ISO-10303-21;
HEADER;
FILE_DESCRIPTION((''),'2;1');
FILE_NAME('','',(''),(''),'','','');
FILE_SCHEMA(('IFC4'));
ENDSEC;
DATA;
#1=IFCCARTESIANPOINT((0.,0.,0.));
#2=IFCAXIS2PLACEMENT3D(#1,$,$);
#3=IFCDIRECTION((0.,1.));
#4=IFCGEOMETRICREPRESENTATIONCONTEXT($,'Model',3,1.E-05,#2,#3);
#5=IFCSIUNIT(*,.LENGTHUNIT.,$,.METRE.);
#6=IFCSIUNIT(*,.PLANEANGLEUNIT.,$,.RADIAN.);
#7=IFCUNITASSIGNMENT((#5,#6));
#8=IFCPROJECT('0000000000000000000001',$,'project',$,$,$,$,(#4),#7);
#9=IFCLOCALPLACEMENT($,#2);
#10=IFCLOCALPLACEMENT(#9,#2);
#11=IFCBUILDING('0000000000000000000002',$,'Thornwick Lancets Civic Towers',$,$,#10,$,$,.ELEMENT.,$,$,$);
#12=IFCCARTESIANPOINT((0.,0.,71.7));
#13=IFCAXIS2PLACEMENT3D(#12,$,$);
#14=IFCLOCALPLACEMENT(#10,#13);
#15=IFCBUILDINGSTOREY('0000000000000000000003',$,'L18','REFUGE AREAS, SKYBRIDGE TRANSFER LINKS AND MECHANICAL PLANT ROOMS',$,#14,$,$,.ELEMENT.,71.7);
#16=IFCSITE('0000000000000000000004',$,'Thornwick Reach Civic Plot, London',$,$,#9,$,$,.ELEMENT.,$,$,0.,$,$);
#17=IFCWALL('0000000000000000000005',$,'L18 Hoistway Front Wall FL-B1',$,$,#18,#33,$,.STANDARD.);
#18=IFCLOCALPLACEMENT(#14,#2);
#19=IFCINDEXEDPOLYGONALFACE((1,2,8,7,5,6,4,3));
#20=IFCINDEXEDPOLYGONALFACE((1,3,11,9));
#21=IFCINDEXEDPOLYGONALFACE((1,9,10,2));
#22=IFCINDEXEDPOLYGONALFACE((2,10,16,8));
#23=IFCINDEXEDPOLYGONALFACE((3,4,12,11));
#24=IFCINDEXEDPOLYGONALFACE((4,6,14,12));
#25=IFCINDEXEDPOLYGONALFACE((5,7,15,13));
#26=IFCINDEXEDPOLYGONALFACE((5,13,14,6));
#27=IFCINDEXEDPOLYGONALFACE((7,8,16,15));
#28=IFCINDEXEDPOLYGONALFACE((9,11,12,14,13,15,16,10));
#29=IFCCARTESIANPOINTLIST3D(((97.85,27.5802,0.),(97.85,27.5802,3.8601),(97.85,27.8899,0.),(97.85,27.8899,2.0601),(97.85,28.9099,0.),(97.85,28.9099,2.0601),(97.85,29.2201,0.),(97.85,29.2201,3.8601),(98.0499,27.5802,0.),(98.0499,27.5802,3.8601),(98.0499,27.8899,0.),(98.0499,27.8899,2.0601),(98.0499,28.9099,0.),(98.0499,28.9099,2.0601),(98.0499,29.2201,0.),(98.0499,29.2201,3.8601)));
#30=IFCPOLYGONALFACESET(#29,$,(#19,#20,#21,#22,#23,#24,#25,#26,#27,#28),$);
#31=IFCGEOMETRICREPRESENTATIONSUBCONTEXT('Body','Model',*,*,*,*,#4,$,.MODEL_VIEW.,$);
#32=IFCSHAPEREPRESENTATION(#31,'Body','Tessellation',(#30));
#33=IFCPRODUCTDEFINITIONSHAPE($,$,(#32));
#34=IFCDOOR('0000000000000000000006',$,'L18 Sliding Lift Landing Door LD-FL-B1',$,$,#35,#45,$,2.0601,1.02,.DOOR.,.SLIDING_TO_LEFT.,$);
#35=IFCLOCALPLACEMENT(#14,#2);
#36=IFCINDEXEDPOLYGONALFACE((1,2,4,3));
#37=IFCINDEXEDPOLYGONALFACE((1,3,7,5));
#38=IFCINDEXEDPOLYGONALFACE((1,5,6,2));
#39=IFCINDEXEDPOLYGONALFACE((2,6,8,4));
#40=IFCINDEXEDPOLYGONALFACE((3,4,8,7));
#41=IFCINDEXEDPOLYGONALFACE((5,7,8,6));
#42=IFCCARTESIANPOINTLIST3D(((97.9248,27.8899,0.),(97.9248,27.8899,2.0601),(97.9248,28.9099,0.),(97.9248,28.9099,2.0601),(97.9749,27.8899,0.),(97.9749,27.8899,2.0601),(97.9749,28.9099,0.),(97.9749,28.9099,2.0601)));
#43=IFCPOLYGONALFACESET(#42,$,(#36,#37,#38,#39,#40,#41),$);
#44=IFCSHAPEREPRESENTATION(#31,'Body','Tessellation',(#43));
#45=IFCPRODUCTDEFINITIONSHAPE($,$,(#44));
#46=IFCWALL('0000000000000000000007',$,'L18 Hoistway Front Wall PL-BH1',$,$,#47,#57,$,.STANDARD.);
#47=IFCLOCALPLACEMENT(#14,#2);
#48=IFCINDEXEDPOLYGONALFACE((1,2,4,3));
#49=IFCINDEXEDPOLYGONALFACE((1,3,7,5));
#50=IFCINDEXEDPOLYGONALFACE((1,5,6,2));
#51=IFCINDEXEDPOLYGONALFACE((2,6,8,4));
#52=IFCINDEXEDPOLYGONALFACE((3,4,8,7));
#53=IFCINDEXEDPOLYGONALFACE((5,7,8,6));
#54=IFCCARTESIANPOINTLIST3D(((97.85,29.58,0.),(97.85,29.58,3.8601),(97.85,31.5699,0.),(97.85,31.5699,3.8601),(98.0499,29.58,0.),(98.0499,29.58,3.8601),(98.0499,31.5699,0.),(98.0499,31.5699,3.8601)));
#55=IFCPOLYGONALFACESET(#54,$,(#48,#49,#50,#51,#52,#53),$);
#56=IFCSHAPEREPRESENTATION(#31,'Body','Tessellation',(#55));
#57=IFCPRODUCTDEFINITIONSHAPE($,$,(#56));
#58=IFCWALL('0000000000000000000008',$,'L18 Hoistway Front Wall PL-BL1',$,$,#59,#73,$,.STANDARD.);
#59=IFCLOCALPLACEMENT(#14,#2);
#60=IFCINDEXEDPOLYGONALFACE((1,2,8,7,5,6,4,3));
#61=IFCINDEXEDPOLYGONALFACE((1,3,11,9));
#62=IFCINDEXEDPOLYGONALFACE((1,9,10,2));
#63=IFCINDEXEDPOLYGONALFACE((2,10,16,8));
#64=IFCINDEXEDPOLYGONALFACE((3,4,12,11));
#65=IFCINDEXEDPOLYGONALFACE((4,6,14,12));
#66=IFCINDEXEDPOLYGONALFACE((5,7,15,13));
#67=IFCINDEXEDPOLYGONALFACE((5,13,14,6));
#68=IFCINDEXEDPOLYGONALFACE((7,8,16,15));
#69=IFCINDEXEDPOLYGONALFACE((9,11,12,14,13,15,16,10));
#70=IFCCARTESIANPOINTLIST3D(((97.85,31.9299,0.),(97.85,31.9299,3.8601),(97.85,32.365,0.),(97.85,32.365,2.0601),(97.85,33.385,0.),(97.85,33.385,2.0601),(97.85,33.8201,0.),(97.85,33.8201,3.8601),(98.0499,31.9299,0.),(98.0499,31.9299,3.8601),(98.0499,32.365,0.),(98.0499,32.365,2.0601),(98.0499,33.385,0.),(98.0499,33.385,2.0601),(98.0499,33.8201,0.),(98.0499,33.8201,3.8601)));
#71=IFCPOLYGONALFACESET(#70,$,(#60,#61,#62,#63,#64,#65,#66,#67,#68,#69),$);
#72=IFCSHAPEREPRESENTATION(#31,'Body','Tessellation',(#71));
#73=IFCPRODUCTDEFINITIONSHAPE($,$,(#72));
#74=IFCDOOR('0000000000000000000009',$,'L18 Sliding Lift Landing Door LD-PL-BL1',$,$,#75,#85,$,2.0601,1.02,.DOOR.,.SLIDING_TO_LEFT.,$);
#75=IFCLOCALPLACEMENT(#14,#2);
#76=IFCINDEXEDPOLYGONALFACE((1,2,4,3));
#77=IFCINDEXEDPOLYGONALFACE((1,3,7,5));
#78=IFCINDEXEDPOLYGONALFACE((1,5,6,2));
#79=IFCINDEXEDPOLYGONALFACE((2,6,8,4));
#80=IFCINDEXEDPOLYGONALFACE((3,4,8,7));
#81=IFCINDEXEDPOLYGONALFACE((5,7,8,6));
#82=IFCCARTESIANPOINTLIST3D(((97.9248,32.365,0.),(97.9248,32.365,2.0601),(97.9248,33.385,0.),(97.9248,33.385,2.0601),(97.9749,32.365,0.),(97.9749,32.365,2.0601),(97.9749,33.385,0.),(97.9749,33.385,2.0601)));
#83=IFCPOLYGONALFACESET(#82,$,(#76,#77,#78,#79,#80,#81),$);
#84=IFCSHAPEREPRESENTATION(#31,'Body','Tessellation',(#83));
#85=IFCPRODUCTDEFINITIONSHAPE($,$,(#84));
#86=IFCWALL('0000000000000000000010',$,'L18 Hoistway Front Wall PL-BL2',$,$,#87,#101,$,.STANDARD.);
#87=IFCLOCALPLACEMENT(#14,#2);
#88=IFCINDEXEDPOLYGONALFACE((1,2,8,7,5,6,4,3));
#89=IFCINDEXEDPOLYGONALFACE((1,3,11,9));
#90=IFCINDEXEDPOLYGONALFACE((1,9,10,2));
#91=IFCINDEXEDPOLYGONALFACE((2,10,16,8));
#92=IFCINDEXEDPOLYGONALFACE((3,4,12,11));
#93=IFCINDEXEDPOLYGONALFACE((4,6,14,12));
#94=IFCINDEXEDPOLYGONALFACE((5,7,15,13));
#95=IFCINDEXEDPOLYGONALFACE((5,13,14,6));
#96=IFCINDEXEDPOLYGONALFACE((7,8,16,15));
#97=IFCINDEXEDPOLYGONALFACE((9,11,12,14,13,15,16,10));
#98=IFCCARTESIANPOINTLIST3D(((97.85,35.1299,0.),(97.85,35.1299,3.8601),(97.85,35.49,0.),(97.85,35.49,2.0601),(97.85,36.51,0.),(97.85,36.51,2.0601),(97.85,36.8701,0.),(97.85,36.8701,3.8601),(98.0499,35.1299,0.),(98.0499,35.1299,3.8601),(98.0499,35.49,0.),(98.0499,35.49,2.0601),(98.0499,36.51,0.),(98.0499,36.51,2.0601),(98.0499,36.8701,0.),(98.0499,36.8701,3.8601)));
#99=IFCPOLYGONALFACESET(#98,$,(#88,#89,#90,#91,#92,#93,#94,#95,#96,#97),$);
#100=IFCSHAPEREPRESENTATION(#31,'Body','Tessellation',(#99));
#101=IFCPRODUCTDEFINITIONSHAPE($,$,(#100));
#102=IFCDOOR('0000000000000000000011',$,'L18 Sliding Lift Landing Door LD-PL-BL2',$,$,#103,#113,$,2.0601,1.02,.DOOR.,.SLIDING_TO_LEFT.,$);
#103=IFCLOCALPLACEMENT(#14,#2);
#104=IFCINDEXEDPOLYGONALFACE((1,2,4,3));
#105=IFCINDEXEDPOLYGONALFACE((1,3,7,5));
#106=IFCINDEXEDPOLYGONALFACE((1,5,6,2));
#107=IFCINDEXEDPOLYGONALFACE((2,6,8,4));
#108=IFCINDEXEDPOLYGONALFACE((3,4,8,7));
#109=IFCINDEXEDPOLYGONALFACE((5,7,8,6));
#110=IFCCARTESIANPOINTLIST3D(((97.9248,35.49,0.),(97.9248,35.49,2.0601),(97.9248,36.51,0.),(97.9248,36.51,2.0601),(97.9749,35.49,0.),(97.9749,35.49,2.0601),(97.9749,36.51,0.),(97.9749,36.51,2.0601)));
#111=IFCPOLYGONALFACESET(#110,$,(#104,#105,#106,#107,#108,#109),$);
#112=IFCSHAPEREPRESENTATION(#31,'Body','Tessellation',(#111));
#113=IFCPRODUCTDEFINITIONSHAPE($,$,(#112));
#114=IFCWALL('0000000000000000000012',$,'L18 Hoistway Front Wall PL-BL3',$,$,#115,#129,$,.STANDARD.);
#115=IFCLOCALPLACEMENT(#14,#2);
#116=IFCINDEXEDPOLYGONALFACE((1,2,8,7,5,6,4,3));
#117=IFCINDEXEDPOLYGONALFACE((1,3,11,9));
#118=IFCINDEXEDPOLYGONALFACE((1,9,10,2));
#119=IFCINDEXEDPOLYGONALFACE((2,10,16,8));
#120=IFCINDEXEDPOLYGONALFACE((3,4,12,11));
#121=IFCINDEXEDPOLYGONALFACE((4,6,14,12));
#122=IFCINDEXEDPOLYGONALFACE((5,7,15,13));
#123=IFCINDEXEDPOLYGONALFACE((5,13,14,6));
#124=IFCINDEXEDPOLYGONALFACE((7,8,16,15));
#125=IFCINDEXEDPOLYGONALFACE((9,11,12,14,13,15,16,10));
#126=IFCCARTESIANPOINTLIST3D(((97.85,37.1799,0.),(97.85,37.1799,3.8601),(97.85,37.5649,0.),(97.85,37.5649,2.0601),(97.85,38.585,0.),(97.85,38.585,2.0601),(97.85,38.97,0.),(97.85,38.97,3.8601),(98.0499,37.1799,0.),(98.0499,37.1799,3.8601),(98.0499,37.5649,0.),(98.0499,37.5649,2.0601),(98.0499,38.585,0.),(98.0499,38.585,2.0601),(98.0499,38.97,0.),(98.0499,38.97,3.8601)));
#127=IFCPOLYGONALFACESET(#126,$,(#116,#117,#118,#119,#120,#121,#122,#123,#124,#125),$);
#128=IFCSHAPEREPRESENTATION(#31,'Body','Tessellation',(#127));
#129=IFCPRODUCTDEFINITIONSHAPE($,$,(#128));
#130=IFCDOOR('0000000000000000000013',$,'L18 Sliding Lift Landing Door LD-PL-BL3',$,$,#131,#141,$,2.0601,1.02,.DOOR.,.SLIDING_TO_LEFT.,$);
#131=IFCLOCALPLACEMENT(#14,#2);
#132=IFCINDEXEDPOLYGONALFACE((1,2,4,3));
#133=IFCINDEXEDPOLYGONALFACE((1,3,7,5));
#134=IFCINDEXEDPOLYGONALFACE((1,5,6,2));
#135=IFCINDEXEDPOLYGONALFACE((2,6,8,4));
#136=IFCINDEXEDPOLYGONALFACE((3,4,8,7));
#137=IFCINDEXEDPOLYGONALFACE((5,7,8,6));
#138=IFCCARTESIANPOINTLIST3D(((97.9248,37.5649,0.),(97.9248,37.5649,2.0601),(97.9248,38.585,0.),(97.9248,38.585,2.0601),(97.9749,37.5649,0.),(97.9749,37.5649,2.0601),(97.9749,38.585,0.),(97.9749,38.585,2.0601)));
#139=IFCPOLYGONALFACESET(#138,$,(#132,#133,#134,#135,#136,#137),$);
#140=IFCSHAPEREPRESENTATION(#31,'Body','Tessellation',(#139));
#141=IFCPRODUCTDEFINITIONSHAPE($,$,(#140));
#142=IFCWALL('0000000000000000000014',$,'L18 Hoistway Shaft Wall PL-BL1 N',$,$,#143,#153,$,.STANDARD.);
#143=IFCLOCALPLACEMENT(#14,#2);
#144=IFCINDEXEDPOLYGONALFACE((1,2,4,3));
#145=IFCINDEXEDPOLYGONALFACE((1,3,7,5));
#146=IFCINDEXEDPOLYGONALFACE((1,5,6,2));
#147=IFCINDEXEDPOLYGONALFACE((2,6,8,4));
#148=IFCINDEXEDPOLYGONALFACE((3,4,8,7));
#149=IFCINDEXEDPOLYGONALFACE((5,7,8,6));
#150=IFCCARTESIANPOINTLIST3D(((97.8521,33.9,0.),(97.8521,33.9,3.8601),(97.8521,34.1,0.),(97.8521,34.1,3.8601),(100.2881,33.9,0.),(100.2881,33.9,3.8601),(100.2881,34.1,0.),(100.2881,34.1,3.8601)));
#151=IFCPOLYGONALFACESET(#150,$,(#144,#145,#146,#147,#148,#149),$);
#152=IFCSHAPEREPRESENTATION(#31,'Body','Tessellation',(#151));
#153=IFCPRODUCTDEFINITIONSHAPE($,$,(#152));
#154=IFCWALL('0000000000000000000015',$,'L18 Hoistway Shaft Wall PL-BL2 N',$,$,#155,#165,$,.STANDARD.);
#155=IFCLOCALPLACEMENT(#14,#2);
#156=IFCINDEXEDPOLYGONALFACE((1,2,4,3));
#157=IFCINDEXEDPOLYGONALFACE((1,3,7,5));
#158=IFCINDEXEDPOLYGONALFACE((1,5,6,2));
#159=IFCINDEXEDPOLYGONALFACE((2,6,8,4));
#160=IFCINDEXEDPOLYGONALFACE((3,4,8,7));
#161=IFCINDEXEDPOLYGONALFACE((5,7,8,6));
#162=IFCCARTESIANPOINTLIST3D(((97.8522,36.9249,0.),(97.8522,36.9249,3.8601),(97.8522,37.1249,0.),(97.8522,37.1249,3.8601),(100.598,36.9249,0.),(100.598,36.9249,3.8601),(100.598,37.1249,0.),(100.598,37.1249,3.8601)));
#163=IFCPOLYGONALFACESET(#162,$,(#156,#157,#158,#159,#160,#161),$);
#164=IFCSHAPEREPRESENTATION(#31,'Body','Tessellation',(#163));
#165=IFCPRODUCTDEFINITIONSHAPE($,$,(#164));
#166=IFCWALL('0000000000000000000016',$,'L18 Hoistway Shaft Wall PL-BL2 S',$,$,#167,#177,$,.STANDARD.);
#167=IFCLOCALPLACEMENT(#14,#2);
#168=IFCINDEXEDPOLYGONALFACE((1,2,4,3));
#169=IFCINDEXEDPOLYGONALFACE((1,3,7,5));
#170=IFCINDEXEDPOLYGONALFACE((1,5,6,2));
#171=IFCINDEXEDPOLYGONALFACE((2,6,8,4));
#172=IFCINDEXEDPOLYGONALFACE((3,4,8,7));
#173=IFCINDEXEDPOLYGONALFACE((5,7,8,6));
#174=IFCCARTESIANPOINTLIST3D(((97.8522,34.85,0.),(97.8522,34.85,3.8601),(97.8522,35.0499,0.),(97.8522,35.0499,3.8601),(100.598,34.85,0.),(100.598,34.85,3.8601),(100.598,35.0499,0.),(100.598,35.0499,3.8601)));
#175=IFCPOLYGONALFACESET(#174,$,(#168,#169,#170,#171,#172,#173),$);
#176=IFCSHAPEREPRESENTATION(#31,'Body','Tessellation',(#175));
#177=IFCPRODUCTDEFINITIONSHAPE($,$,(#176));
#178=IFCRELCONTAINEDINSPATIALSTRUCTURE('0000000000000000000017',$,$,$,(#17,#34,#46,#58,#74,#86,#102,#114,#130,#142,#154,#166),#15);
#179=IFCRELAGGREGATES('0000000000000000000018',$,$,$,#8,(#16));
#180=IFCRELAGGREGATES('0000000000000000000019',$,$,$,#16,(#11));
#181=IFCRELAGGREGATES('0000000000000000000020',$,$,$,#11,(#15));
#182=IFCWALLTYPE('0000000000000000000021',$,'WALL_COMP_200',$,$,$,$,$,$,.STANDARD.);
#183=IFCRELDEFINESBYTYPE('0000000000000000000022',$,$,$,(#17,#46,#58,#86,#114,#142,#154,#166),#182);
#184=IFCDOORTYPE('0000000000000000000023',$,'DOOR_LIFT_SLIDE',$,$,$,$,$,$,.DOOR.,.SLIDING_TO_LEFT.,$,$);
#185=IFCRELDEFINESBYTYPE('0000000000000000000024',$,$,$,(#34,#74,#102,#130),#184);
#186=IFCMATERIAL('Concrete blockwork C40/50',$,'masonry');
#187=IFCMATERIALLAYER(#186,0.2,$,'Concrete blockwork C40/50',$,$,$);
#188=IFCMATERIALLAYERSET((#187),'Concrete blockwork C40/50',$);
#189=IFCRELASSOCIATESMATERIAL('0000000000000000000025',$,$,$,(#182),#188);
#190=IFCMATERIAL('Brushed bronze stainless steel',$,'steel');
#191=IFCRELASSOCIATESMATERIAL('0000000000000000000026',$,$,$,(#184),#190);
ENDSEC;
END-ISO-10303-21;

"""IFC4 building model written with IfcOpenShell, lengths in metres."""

from ifc_helpers import new_model, si_unit, direction, frame, frame_2d, origin, place, context, subcontext, project, spatial, rectangle, extrude, material, layer, layer_set, type_object, element, fill, save


model = new_model("IFC4")

# Units and contexts
model_context = context("Model", 3, precision=1e-05, world=origin(), true_north=direction((0.0, 1.0)))
body_context = subcontext(model_context, "Body", "Model", "MODEL_VIEW")
ifc_project = project(units=[si_unit("LENGTHUNIT", "METRE"), si_unit("PLANEANGLEUNIT", "RADIAN")], contexts=[model_context])

# Site, building, storey
site_placement = place(None, origin())
site = spatial("IfcSite", under=ifc_project, at=site_placement, Name="Thornwick Reach Civic Plot, London", CompositionType="ELEMENT", RefElevation=0.0)
building_placement = place(site_placement, origin())
building = spatial("IfcBuilding", under=site, at=building_placement, Name="Thornwick Lancets Civic Towers", CompositionType="ELEMENT")
storey_placement = place(building_placement, frame((0.0, 0.0, 71.7)))
storey = spatial("IfcBuildingStorey", under=building, at=storey_placement, Name="L18", Description="REFUGE AREAS, SKYBRIDGE TRANSFER LINKS AND MECHANICAL PLANT ROOMS", CompositionType="ELEMENT", Elevation=71.7)

# Wall, opening, door
ifc_material_1 = material(Name="Concrete blockwork C40/50", Category="masonry")
ifc_layer_1 = layer(ifc_material_1, 0.2, Name="Concrete blockwork C40/50")
ifc_layer_set_1 = layer_set([ifc_layer_1], Name="Concrete blockwork C40/50")
wall_type_1 = type_object("IfcWallType", Name="WALL_COMP_200", PredefinedType="STANDARD", material=ifc_layer_set_1)
wall_1_placement = place(storey_placement, frame((97.95, 29.22, 0.0), z_axis=(0.0, 0.0, 1.0), x_axis=(0.0, -1.0, 0.0)))
wall_1 = element("IfcWall", 1, at=wall_1_placement, inside=storey, type_object=wall_type_1, Name="L18 Hoistway Front Wall FL-B1", PredefinedType="STANDARD", context=body_context, shape_type="SweptSolid", body=[
    extrude(rectangle(XDim=1.6399, YDim=0.2, at=frame_2d((0.8198, 0.0))), origin(), (0.0, 0.0, 1.0), 3.8601),
])
opening_1_placement = place(wall_1_placement, frame((0.3101, 0.0, 0.0)))
opening_1 = element("IfcOpeningElement", 2, at=opening_1_placement, cuts=wall_1, PredefinedType="OPENING", context=body_context, shape_type="SweptSolid", body=[
    extrude(rectangle(XDim=1.02, YDim=2.0601, at=frame_2d((0.51, 1.03))), frame((0.0, 0.1099, 0.0), z_axis=(0.0, -1.0, 0.0), x_axis=(1.0, 0.0, 0.0)), (0.0, 0.0, 1.0), 0.22),
])
ifc_material_2 = material(Name="Brushed bronze stainless steel", Category="steel")
door_type = type_object("IfcDoorType", Name="DOOR_LIFT_SLIDE", OperationType="SLIDING_TO_LEFT", PredefinedType="DOOR", material=ifc_material_2)
door_1_placement = place(opening_1_placement, origin())
door_1 = element("IfcDoor", 3, at=door_1_placement, inside=storey, type_object=door_type, Name="L18 Sliding Lift Landing Door LD-FL-B1", OperationType="SLIDING_TO_LEFT", OverallHeight=2.0601, OverallWidth=1.02, PredefinedType="DOOR", context=body_context, shape_type="SweptSolid", body=[
    extrude(rectangle(XDim=1.02, YDim=2.0601, at=frame_2d((0.51, 1.03))), frame((0.0, 0.0249, 0.0), z_axis=(0.0, -1.0, 0.0), x_axis=(1.0, 0.0, 0.0)), (0.0, 0.0, 1.0), 0.05),
])
fill(opening_1, door_1)

# Wall
wall_2_placement = place(storey_placement, frame((97.95, 31.5701, 0.0), z_axis=(0.0, 0.0, 1.0), x_axis=(0.0, -1.0, 0.0)))
element("IfcWall", 4, at=wall_2_placement, inside=storey, type_object=wall_type_1, Name="L18 Hoistway Front Wall PL-BH1", PredefinedType="STANDARD", context=body_context, shape_type="SweptSolid", body=[
    extrude(rectangle(XDim=1.99, YDim=0.2, at=frame_2d((0.9951, 0.0))), origin(), (0.0, 0.0, 1.0), 3.8601),
])

# Walls, openings, doors
wall_3_placement = place(storey_placement, frame((97.95, 33.8201, 0.0), z_axis=(0.0, 0.0, 1.0), x_axis=(0.0, -1.0, 0.0)))
wall_3 = element("IfcWall", 5, at=wall_3_placement, inside=storey, type_object=wall_type_1, Name="L18 Hoistway Front Wall PL-BL1", PredefinedType="STANDARD", context=body_context, shape_type="SweptSolid", body=[
    extrude(rectangle(XDim=1.8901, YDim=0.2, at=frame_2d((0.9451, 0.0))), origin(), (0.0, 0.0, 1.0), 3.8601),
])
opening_2_placement = place(wall_3_placement, frame((0.4351, 0.0, 0.0)))
opening_2 = element("IfcOpeningElement", 6, at=opening_2_placement, cuts=wall_3, PredefinedType="OPENING", context=body_context, shape_type="SweptSolid", body=[
    extrude(rectangle(XDim=1.02, YDim=2.0601, at=frame_2d((0.51, 1.03))), frame((0.0, 0.1099, 0.0), z_axis=(0.0, -1.0, 0.0), x_axis=(1.0, 0.0, 0.0)), (0.0, 0.0, 1.0), 0.22),
])
door_2_placement = place(opening_2_placement, origin())
door_2 = element("IfcDoor", 7, at=door_2_placement, inside=storey, type_object=door_type, Name="L18 Sliding Lift Landing Door LD-PL-BL1", OperationType="SLIDING_TO_LEFT", OverallHeight=2.0601, OverallWidth=1.02, PredefinedType="DOOR", context=body_context, shape_type="SweptSolid", body=[
    extrude(rectangle(XDim=1.02, YDim=2.0601, at=frame_2d((0.51, 1.03))), frame((0.0, 0.0249, 0.0), z_axis=(0.0, -1.0, 0.0), x_axis=(1.0, 0.0, 0.0)), (0.0, 0.0, 1.0), 0.05),
])
fill(opening_2, door_2)
wall_4_placement = place(storey_placement, frame((97.95, 36.8701, 0.0), z_axis=(0.0, 0.0, 1.0), x_axis=(0.0, -1.0, 0.0)))
wall_4 = element("IfcWall", 8, at=wall_4_placement, inside=storey, type_object=wall_type_1, Name="L18 Hoistway Front Wall PL-BL2", PredefinedType="STANDARD", context=body_context, shape_type="SweptSolid", body=[
    extrude(rectangle(XDim=1.7402, YDim=0.2, at=frame_2d((0.8701, 0.0))), origin(), (0.0, 0.0, 1.0), 3.8601),
])
opening_3_placement = place(wall_4_placement, frame((0.3601, 0.0, 0.0)))
opening_3 = element("IfcOpeningElement", 9, at=opening_3_placement, cuts=wall_4, PredefinedType="OPENING", context=body_context, shape_type="SweptSolid", body=[
    extrude(rectangle(XDim=1.02, YDim=2.0601, at=frame_2d((0.51, 1.03))), frame((0.0, 0.1099, 0.0), z_axis=(0.0, -1.0, 0.0), x_axis=(1.0, 0.0, 0.0)), (0.0, 0.0, 1.0), 0.22),
])
door_3_placement = place(opening_3_placement, origin())
door_3 = element("IfcDoor", 10, at=door_3_placement, inside=storey, type_object=door_type, Name="L18 Sliding Lift Landing Door LD-PL-BL2", OperationType="SLIDING_TO_LEFT", OverallHeight=2.0601, OverallWidth=1.02, PredefinedType="DOOR", context=body_context, shape_type="SweptSolid", body=[
    extrude(rectangle(XDim=1.02, YDim=2.0601, at=frame_2d((0.51, 1.03))), frame((0.0, 0.0249, 0.0), z_axis=(0.0, -1.0, 0.0), x_axis=(1.0, 0.0, 0.0)), (0.0, 0.0, 1.0), 0.05),
])
fill(opening_3, door_3)
wall_5_placement = place(storey_placement, frame((97.95, 38.97, 0.0), z_axis=(0.0, 0.0, 1.0), x_axis=(0.0, -1.0, 0.0)))
wall_5 = element("IfcWall", 11, at=wall_5_placement, inside=storey, type_object=wall_type_1, Name="L18 Hoistway Front Wall PL-BL3", PredefinedType="STANDARD", context=body_context, shape_type="SweptSolid", body=[
    extrude(rectangle(XDim=1.79, YDim=0.2, at=frame_2d((0.895, 0.0))), origin(), (0.0, 0.0, 1.0), 3.8601),
])
opening_4_placement = place(wall_5_placement, frame((0.385, 0.0, 0.0)))
opening_4 = element("IfcOpeningElement", 12, at=opening_4_placement, cuts=wall_5, PredefinedType="OPENING", context=body_context, shape_type="SweptSolid", body=[
    extrude(rectangle(XDim=1.02, YDim=2.0601, at=frame_2d((0.51, 1.03))), frame((0.0, 0.1099, 0.0), z_axis=(0.0, -1.0, 0.0), x_axis=(1.0, 0.0, 0.0)), (0.0, 0.0, 1.0), 0.22),
])
door_4_placement = place(opening_4_placement, origin())
door_4 = element("IfcDoor", 13, at=door_4_placement, inside=storey, type_object=door_type, Name="L18 Sliding Lift Landing Door LD-PL-BL3", OperationType="SLIDING_TO_LEFT", OverallHeight=2.0601, OverallWidth=1.02, PredefinedType="DOOR", context=body_context, shape_type="SweptSolid", body=[
    extrude(rectangle(XDim=1.02, YDim=2.0601, at=frame_2d((0.51, 1.03))), frame((0.0, 0.0249, 0.0), z_axis=(0.0, -1.0, 0.0), x_axis=(1.0, 0.0, 0.0)), (0.0, 0.0, 1.0), 0.05),
])
fill(opening_4, door_4)

# Walls
wall_6_placement = place(storey_placement, frame((97.8521, 34.0, 0.0), z_axis=(0.0, 0.0, 1.0), x_axis=(1.0, 0.0, 0.0)))
element("IfcWall", 14, at=wall_6_placement, inside=storey, type_object=wall_type_1, Name="L18 Hoistway Shaft Wall PL-BL1 N", PredefinedType="STANDARD", context=body_context, shape_type="SweptSolid", body=[
    extrude(rectangle(XDim=2.436, YDim=0.2, at=frame_2d((1.218, 0.0))), origin(), (0.0, 0.0, 1.0), 3.8601),
])
for number, where, z_axis, x_axis, name in (
    (15, (97.8521, 37.0249, 0.0), (0.0, 0.0, 1.0), (1.0, 0.0, 0.0), "L18 Hoistway Shaft Wall PL-BL2 N"),
    (16, (97.8521, 34.95, 0.0), (0.0, 0.0, 1.0), (1.0, 0.0, 0.0), "L18 Hoistway Shaft Wall PL-BL2 S"),
):
    element("IfcWall", number, at=place(storey_placement, frame(where, z_axis=z_axis, x_axis=x_axis)), inside=storey, type_object=wall_type_1, Name=name, PredefinedType="STANDARD", context=body_context, shape_type="SweptSolid", body=[
        extrude(rectangle(XDim=2.7458, YDim=0.2, at=frame_2d((1.373, 0.0))), origin(), (0.0, 0.0, 1.0), 3.8601),
    ])

save(model, "model.ifc")
